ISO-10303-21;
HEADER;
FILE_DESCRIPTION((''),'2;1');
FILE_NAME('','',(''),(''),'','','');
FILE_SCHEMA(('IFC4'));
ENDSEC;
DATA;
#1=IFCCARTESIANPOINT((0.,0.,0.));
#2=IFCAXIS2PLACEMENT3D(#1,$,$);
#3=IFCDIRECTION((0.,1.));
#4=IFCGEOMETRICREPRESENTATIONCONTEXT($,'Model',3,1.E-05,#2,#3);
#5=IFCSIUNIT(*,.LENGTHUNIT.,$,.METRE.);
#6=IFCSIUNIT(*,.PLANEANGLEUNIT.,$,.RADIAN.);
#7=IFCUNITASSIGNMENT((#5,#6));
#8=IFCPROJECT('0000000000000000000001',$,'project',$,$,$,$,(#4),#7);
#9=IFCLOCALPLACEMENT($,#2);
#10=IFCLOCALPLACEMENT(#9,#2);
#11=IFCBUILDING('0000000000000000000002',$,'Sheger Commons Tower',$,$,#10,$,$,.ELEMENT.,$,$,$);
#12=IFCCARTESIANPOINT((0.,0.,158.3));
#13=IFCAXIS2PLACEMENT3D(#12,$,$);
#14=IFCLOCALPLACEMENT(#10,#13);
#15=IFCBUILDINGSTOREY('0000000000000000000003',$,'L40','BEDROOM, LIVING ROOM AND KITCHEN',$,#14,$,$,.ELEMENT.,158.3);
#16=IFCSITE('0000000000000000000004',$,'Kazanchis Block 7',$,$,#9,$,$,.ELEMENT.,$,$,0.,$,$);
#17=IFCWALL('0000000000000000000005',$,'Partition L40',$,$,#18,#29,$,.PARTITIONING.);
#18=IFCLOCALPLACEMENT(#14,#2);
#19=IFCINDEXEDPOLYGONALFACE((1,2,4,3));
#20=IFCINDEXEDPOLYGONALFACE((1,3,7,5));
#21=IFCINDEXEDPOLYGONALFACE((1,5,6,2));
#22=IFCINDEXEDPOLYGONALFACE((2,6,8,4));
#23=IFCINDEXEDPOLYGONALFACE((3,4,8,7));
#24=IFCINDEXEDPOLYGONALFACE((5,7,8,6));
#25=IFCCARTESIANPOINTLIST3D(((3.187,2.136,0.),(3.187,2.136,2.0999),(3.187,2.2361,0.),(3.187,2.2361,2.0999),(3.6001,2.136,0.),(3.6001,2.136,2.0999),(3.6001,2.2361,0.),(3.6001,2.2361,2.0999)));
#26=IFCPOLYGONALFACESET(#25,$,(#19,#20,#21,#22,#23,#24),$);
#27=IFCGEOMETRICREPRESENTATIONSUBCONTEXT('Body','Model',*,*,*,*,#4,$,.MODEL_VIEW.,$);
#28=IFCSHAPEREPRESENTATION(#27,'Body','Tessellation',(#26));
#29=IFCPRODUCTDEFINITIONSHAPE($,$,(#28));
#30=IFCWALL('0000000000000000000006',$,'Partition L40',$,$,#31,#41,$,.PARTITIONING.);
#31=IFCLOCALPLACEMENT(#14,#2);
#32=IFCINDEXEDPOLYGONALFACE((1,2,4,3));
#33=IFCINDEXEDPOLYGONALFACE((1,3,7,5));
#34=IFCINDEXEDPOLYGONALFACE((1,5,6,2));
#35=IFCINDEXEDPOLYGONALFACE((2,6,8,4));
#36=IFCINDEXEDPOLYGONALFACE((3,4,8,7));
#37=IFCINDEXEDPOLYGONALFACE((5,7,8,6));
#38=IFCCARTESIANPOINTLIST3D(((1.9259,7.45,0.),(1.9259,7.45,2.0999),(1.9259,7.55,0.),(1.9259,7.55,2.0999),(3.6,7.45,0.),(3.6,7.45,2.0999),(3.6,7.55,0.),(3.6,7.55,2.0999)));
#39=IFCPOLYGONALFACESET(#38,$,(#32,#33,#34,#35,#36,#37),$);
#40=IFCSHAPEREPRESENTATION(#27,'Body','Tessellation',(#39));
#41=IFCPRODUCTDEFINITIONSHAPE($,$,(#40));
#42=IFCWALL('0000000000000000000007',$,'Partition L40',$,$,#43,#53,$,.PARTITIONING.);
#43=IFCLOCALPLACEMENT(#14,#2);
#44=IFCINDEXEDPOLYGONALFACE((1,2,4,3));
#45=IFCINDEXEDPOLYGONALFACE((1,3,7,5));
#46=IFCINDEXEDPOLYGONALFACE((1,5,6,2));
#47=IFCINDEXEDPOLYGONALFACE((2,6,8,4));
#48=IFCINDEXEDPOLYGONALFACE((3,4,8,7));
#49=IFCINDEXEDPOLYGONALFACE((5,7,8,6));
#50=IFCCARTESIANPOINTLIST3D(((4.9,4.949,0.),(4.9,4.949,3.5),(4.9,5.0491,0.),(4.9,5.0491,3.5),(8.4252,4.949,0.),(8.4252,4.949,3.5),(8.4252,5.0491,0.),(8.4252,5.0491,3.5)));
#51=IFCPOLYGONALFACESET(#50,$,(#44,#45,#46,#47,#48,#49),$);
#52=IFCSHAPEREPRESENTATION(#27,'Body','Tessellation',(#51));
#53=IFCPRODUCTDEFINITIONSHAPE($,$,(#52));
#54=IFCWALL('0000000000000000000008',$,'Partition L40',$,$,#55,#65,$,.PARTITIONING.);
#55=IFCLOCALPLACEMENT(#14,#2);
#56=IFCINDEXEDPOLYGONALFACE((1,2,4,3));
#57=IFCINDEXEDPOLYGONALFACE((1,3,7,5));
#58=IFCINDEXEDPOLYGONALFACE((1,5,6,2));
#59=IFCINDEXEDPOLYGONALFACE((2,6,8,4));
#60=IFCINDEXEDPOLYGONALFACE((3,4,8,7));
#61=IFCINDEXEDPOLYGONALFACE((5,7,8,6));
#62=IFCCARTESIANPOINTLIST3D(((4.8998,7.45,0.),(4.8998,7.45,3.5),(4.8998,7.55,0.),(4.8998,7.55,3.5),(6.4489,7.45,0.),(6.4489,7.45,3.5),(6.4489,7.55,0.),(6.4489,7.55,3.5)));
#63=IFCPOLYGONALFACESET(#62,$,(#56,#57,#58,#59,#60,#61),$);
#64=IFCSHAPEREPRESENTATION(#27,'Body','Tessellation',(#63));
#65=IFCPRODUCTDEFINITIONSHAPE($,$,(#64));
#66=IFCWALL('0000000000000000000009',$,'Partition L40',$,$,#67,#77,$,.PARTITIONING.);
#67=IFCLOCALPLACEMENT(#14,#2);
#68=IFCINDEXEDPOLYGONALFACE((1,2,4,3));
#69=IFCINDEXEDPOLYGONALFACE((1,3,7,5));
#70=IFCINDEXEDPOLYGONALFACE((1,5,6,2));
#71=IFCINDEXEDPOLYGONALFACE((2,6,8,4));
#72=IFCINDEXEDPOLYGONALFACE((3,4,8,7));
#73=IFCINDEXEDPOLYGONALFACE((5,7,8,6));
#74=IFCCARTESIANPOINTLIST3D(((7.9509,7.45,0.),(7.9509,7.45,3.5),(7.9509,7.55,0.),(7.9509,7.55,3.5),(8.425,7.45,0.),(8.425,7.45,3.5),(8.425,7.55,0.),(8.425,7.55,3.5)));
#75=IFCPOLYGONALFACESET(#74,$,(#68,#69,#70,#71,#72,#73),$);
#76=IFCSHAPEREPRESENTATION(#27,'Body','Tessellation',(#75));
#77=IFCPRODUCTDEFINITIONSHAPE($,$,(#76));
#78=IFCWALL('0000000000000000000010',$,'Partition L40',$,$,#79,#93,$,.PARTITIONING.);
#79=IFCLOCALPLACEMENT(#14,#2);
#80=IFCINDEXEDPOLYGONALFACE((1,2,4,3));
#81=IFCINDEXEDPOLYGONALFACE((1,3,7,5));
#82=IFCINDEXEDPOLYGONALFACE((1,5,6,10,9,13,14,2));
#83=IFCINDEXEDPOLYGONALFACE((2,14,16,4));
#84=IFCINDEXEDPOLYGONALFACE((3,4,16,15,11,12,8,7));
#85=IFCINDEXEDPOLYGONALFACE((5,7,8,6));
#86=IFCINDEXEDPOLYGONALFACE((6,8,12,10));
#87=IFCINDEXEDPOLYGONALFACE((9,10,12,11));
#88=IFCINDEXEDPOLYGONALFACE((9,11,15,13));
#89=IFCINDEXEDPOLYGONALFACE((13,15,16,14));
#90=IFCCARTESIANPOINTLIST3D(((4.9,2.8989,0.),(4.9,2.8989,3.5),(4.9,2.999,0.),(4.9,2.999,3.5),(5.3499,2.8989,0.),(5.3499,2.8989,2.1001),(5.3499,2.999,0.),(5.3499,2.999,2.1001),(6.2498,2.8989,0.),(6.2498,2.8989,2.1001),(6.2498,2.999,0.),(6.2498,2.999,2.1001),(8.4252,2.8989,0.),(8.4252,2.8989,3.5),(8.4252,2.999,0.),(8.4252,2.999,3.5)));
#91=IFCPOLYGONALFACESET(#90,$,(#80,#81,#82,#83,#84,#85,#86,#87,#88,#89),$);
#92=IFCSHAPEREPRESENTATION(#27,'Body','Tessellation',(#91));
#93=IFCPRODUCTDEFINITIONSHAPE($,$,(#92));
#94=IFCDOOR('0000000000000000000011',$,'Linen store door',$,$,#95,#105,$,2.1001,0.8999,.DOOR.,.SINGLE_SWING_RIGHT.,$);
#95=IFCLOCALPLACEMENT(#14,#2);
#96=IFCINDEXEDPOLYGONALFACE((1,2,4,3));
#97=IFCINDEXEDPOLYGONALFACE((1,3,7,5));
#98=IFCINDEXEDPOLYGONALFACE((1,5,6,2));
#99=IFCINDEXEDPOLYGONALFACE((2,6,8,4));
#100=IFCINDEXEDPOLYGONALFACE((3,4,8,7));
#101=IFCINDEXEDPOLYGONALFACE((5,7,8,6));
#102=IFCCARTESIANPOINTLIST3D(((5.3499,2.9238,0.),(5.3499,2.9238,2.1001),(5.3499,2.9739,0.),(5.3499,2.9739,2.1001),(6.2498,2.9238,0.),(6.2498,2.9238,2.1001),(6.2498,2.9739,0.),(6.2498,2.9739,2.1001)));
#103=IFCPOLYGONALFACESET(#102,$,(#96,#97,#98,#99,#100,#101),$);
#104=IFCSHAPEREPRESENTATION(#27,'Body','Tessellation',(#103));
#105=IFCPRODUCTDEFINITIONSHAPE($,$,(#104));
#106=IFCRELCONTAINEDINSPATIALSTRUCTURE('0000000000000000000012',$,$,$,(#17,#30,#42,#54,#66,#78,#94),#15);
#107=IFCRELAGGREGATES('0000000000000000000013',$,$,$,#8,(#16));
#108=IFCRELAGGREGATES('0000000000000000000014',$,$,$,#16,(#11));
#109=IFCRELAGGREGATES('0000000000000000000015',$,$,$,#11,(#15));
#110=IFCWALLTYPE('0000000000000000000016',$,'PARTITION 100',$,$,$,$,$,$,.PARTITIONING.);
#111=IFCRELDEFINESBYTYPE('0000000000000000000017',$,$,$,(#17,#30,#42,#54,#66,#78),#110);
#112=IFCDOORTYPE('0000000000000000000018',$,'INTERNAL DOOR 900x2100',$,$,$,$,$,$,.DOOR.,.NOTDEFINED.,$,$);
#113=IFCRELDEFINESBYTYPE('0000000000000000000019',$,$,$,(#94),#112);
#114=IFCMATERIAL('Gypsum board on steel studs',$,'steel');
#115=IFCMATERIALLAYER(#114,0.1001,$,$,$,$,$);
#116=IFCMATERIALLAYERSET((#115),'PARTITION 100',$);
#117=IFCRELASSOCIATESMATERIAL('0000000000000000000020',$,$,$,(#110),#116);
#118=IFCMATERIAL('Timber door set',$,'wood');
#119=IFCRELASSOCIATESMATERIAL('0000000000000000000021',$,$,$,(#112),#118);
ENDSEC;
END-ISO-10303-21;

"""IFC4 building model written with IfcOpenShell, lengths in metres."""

from ifc_helpers import new_model, si_unit, direction, frame, frame_2d, origin, place, context, subcontext, project, spatial, rectangle, extrude, material, layer, layer_set, type_object, element, fill, save


model = new_model("IFC4")

# Units and contexts
model_context = context("Model", 3, precision=1e-05, world=origin(), true_north=direction((0.0, 1.0)))
body_context = subcontext(model_context, "Body", "Model", "MODEL_VIEW")
ifc_project = project(units=[si_unit("LENGTHUNIT", "METRE"), si_unit("PLANEANGLEUNIT", "RADIAN")], contexts=[model_context])

# Site, building, storey
site_placement = place(None, origin())
site = spatial("IfcSite", under=ifc_project, at=site_placement, Name="Kazanchis Block 7", CompositionType="ELEMENT", RefElevation=0.0)
building_placement = place(site_placement, origin())
building = spatial("IfcBuilding", under=site, at=building_placement, Name="Sheger Commons Tower", CompositionType="ELEMENT")
storey_placement = place(building_placement, frame((0.0, 0.0, 158.3)))
storey = spatial("IfcBuildingStorey", under=building, at=storey_placement, Name="L40", Description="BEDROOM, LIVING ROOM AND KITCHEN", CompositionType="ELEMENT", Elevation=158.3)

# Shared definitions
ifc_material_1 = material(Name="Gypsum board on steel studs", Category="steel")
ifc_layer_1 = layer(ifc_material_1, 0.1001)
ifc_layer_set_1 = layer_set([ifc_layer_1], Name="PARTITION 100")
wall_type_1 = type_object("IfcWallType", Name="PARTITION 100", PredefinedType="PARTITIONING", material=ifc_layer_set_1)
ifc_material_2 = material(Name="Timber door set", Category="wood")
door_type = type_object("IfcDoorType", Name="INTERNAL DOOR 900x2100", OperationType="NOTDEFINED", PredefinedType="DOOR", material=ifc_material_2)

# Walls
wall_1_placement = place(storey_placement, frame((3.187, 2.186, 0.0), z_axis=(0.0, 0.0, 1.0), x_axis=(1.0, 0.0, 0.0)))
element("IfcWall", 1, at=wall_1_placement, inside=storey, type_object=wall_type_1, Name="Partition L40", PredefinedType="PARTITIONING", context=body_context, shape_type="SweptSolid", body=[
    extrude(rectangle(XDim=0.4131, YDim=0.1001, at=frame_2d((0.2065, 0.0))), origin(), (0.0, 0.0, 1.0), 2.0999),
])
wall_2_placement = place(storey_placement, frame((1.926, 7.5, 0.0), z_axis=(0.0, 0.0, 1.0), x_axis=(1.0, 0.0, 0.0)))
element("IfcWall", 2, at=wall_2_placement, inside=storey, type_object=wall_type_1, Name="Partition L40", PredefinedType="PARTITIONING", context=body_context, shape_type="SweptSolid", body=[
    extrude(rectangle(XDim=1.6741, YDim=0.1001, at=frame_2d((0.8369, 0.0))), origin(), (0.0, 0.0, 1.0), 2.0999),
])
wall_3_placement = place(storey_placement, frame((4.8999, 4.999, 0.0), z_axis=(0.0, 0.0, 1.0), x_axis=(1.0, 0.0, 0.0)))
element("IfcWall", 3, at=wall_3_placement, inside=storey, type_object=wall_type_1, Name="Partition L40", PredefinedType="PARTITIONING", context=body_context, shape_type="SweptSolid", body=[
    extrude(rectangle(XDim=3.5251, YDim=0.1001, at=frame_2d((1.7627, 0.0))), origin(), (0.0, 0.0, 1.0), 3.5),
])
wall_4_placement = place(storey_placement, frame((4.8999, 7.5, 0.0), z_axis=(0.0, 0.0, 1.0), x_axis=(1.0, 0.0, 0.0)))
element("IfcWall", 4, at=wall_4_placement, inside=storey, type_object=wall_type_1, Name="Partition L40", PredefinedType="PARTITIONING", context=body_context, shape_type="SweptSolid", body=[
    extrude(rectangle(XDim=1.5491, YDim=0.1001, at=frame_2d((0.7744, 0.0))), origin(), (0.0, 0.0, 1.0), 3.5),
])
wall_5_placement = place(storey_placement, frame((7.9509, 7.5, 0.0), z_axis=(0.0, 0.0, 1.0), x_axis=(1.0, 0.0, 0.0)))
element("IfcWall", 5, at=wall_5_placement, inside=storey, type_object=wall_type_1, Name="Partition L40", PredefinedType="PARTITIONING", context=body_context, shape_type="SweptSolid", body=[
    extrude(rectangle(XDim=0.4741, YDim=0.1001, at=frame_2d((0.2371, 0.0))), origin(), (0.0, 0.0, 1.0), 3.5),
])

# Wall, opening, door
wall_6_placement = place(storey_placement, frame((4.8999, 2.949, 0.0), z_axis=(0.0, 0.0, 1.0), x_axis=(1.0, 0.0, 0.0)))
wall_6 = element("IfcWall", 6, at=wall_6_placement, inside=storey, type_object=wall_type_1, Name="Partition L40", PredefinedType="PARTITIONING", context=body_context, shape_type="SweptSolid", body=[
    extrude(rectangle(XDim=3.5251, YDim=0.1001, at=frame_2d((1.7627, 0.0))), origin(), (0.0, 0.0, 1.0), 3.5),
])
opening_1_placement = place(wall_6_placement, frame((0.45, 0.0, 0.0)))
opening_1 = element("IfcOpeningElement", 7, at=opening_1_placement, cuts=wall_6, PredefinedType="OPENING", context=body_context, shape_type="SweptSolid", body=[
    extrude(rectangle(XDim=0.8999, YDim=2.1001, at=frame_2d((0.45, 1.05))), frame((0.0, 0.0601, 0.0), z_axis=(0.0, -1.0, 0.0), x_axis=(1.0, 0.0, 0.0)), (0.0, 0.0, 1.0), 0.1201),
])
door_1_placement = place(opening_1_placement, origin())
door_1 = element("IfcDoor", 8, at=door_1_placement, inside=storey, type_object=door_type, Name="Linen store door", OperationType="SINGLE_SWING_RIGHT", OverallHeight=2.1001, OverallWidth=0.8999, PredefinedType="DOOR", context=body_context, shape_type="SweptSolid", body=[
    extrude(rectangle(XDim=0.8999, YDim=2.1001, at=frame_2d((0.45, 1.05))), frame((0.0, 0.0249, 0.0), z_axis=(0.0, -1.0, 0.0), x_axis=(1.0, 0.0, 0.0)), (0.0, 0.0, 1.0), 0.05),
])
fill(opening_1, door_1)

save(model, "model.ifc")
